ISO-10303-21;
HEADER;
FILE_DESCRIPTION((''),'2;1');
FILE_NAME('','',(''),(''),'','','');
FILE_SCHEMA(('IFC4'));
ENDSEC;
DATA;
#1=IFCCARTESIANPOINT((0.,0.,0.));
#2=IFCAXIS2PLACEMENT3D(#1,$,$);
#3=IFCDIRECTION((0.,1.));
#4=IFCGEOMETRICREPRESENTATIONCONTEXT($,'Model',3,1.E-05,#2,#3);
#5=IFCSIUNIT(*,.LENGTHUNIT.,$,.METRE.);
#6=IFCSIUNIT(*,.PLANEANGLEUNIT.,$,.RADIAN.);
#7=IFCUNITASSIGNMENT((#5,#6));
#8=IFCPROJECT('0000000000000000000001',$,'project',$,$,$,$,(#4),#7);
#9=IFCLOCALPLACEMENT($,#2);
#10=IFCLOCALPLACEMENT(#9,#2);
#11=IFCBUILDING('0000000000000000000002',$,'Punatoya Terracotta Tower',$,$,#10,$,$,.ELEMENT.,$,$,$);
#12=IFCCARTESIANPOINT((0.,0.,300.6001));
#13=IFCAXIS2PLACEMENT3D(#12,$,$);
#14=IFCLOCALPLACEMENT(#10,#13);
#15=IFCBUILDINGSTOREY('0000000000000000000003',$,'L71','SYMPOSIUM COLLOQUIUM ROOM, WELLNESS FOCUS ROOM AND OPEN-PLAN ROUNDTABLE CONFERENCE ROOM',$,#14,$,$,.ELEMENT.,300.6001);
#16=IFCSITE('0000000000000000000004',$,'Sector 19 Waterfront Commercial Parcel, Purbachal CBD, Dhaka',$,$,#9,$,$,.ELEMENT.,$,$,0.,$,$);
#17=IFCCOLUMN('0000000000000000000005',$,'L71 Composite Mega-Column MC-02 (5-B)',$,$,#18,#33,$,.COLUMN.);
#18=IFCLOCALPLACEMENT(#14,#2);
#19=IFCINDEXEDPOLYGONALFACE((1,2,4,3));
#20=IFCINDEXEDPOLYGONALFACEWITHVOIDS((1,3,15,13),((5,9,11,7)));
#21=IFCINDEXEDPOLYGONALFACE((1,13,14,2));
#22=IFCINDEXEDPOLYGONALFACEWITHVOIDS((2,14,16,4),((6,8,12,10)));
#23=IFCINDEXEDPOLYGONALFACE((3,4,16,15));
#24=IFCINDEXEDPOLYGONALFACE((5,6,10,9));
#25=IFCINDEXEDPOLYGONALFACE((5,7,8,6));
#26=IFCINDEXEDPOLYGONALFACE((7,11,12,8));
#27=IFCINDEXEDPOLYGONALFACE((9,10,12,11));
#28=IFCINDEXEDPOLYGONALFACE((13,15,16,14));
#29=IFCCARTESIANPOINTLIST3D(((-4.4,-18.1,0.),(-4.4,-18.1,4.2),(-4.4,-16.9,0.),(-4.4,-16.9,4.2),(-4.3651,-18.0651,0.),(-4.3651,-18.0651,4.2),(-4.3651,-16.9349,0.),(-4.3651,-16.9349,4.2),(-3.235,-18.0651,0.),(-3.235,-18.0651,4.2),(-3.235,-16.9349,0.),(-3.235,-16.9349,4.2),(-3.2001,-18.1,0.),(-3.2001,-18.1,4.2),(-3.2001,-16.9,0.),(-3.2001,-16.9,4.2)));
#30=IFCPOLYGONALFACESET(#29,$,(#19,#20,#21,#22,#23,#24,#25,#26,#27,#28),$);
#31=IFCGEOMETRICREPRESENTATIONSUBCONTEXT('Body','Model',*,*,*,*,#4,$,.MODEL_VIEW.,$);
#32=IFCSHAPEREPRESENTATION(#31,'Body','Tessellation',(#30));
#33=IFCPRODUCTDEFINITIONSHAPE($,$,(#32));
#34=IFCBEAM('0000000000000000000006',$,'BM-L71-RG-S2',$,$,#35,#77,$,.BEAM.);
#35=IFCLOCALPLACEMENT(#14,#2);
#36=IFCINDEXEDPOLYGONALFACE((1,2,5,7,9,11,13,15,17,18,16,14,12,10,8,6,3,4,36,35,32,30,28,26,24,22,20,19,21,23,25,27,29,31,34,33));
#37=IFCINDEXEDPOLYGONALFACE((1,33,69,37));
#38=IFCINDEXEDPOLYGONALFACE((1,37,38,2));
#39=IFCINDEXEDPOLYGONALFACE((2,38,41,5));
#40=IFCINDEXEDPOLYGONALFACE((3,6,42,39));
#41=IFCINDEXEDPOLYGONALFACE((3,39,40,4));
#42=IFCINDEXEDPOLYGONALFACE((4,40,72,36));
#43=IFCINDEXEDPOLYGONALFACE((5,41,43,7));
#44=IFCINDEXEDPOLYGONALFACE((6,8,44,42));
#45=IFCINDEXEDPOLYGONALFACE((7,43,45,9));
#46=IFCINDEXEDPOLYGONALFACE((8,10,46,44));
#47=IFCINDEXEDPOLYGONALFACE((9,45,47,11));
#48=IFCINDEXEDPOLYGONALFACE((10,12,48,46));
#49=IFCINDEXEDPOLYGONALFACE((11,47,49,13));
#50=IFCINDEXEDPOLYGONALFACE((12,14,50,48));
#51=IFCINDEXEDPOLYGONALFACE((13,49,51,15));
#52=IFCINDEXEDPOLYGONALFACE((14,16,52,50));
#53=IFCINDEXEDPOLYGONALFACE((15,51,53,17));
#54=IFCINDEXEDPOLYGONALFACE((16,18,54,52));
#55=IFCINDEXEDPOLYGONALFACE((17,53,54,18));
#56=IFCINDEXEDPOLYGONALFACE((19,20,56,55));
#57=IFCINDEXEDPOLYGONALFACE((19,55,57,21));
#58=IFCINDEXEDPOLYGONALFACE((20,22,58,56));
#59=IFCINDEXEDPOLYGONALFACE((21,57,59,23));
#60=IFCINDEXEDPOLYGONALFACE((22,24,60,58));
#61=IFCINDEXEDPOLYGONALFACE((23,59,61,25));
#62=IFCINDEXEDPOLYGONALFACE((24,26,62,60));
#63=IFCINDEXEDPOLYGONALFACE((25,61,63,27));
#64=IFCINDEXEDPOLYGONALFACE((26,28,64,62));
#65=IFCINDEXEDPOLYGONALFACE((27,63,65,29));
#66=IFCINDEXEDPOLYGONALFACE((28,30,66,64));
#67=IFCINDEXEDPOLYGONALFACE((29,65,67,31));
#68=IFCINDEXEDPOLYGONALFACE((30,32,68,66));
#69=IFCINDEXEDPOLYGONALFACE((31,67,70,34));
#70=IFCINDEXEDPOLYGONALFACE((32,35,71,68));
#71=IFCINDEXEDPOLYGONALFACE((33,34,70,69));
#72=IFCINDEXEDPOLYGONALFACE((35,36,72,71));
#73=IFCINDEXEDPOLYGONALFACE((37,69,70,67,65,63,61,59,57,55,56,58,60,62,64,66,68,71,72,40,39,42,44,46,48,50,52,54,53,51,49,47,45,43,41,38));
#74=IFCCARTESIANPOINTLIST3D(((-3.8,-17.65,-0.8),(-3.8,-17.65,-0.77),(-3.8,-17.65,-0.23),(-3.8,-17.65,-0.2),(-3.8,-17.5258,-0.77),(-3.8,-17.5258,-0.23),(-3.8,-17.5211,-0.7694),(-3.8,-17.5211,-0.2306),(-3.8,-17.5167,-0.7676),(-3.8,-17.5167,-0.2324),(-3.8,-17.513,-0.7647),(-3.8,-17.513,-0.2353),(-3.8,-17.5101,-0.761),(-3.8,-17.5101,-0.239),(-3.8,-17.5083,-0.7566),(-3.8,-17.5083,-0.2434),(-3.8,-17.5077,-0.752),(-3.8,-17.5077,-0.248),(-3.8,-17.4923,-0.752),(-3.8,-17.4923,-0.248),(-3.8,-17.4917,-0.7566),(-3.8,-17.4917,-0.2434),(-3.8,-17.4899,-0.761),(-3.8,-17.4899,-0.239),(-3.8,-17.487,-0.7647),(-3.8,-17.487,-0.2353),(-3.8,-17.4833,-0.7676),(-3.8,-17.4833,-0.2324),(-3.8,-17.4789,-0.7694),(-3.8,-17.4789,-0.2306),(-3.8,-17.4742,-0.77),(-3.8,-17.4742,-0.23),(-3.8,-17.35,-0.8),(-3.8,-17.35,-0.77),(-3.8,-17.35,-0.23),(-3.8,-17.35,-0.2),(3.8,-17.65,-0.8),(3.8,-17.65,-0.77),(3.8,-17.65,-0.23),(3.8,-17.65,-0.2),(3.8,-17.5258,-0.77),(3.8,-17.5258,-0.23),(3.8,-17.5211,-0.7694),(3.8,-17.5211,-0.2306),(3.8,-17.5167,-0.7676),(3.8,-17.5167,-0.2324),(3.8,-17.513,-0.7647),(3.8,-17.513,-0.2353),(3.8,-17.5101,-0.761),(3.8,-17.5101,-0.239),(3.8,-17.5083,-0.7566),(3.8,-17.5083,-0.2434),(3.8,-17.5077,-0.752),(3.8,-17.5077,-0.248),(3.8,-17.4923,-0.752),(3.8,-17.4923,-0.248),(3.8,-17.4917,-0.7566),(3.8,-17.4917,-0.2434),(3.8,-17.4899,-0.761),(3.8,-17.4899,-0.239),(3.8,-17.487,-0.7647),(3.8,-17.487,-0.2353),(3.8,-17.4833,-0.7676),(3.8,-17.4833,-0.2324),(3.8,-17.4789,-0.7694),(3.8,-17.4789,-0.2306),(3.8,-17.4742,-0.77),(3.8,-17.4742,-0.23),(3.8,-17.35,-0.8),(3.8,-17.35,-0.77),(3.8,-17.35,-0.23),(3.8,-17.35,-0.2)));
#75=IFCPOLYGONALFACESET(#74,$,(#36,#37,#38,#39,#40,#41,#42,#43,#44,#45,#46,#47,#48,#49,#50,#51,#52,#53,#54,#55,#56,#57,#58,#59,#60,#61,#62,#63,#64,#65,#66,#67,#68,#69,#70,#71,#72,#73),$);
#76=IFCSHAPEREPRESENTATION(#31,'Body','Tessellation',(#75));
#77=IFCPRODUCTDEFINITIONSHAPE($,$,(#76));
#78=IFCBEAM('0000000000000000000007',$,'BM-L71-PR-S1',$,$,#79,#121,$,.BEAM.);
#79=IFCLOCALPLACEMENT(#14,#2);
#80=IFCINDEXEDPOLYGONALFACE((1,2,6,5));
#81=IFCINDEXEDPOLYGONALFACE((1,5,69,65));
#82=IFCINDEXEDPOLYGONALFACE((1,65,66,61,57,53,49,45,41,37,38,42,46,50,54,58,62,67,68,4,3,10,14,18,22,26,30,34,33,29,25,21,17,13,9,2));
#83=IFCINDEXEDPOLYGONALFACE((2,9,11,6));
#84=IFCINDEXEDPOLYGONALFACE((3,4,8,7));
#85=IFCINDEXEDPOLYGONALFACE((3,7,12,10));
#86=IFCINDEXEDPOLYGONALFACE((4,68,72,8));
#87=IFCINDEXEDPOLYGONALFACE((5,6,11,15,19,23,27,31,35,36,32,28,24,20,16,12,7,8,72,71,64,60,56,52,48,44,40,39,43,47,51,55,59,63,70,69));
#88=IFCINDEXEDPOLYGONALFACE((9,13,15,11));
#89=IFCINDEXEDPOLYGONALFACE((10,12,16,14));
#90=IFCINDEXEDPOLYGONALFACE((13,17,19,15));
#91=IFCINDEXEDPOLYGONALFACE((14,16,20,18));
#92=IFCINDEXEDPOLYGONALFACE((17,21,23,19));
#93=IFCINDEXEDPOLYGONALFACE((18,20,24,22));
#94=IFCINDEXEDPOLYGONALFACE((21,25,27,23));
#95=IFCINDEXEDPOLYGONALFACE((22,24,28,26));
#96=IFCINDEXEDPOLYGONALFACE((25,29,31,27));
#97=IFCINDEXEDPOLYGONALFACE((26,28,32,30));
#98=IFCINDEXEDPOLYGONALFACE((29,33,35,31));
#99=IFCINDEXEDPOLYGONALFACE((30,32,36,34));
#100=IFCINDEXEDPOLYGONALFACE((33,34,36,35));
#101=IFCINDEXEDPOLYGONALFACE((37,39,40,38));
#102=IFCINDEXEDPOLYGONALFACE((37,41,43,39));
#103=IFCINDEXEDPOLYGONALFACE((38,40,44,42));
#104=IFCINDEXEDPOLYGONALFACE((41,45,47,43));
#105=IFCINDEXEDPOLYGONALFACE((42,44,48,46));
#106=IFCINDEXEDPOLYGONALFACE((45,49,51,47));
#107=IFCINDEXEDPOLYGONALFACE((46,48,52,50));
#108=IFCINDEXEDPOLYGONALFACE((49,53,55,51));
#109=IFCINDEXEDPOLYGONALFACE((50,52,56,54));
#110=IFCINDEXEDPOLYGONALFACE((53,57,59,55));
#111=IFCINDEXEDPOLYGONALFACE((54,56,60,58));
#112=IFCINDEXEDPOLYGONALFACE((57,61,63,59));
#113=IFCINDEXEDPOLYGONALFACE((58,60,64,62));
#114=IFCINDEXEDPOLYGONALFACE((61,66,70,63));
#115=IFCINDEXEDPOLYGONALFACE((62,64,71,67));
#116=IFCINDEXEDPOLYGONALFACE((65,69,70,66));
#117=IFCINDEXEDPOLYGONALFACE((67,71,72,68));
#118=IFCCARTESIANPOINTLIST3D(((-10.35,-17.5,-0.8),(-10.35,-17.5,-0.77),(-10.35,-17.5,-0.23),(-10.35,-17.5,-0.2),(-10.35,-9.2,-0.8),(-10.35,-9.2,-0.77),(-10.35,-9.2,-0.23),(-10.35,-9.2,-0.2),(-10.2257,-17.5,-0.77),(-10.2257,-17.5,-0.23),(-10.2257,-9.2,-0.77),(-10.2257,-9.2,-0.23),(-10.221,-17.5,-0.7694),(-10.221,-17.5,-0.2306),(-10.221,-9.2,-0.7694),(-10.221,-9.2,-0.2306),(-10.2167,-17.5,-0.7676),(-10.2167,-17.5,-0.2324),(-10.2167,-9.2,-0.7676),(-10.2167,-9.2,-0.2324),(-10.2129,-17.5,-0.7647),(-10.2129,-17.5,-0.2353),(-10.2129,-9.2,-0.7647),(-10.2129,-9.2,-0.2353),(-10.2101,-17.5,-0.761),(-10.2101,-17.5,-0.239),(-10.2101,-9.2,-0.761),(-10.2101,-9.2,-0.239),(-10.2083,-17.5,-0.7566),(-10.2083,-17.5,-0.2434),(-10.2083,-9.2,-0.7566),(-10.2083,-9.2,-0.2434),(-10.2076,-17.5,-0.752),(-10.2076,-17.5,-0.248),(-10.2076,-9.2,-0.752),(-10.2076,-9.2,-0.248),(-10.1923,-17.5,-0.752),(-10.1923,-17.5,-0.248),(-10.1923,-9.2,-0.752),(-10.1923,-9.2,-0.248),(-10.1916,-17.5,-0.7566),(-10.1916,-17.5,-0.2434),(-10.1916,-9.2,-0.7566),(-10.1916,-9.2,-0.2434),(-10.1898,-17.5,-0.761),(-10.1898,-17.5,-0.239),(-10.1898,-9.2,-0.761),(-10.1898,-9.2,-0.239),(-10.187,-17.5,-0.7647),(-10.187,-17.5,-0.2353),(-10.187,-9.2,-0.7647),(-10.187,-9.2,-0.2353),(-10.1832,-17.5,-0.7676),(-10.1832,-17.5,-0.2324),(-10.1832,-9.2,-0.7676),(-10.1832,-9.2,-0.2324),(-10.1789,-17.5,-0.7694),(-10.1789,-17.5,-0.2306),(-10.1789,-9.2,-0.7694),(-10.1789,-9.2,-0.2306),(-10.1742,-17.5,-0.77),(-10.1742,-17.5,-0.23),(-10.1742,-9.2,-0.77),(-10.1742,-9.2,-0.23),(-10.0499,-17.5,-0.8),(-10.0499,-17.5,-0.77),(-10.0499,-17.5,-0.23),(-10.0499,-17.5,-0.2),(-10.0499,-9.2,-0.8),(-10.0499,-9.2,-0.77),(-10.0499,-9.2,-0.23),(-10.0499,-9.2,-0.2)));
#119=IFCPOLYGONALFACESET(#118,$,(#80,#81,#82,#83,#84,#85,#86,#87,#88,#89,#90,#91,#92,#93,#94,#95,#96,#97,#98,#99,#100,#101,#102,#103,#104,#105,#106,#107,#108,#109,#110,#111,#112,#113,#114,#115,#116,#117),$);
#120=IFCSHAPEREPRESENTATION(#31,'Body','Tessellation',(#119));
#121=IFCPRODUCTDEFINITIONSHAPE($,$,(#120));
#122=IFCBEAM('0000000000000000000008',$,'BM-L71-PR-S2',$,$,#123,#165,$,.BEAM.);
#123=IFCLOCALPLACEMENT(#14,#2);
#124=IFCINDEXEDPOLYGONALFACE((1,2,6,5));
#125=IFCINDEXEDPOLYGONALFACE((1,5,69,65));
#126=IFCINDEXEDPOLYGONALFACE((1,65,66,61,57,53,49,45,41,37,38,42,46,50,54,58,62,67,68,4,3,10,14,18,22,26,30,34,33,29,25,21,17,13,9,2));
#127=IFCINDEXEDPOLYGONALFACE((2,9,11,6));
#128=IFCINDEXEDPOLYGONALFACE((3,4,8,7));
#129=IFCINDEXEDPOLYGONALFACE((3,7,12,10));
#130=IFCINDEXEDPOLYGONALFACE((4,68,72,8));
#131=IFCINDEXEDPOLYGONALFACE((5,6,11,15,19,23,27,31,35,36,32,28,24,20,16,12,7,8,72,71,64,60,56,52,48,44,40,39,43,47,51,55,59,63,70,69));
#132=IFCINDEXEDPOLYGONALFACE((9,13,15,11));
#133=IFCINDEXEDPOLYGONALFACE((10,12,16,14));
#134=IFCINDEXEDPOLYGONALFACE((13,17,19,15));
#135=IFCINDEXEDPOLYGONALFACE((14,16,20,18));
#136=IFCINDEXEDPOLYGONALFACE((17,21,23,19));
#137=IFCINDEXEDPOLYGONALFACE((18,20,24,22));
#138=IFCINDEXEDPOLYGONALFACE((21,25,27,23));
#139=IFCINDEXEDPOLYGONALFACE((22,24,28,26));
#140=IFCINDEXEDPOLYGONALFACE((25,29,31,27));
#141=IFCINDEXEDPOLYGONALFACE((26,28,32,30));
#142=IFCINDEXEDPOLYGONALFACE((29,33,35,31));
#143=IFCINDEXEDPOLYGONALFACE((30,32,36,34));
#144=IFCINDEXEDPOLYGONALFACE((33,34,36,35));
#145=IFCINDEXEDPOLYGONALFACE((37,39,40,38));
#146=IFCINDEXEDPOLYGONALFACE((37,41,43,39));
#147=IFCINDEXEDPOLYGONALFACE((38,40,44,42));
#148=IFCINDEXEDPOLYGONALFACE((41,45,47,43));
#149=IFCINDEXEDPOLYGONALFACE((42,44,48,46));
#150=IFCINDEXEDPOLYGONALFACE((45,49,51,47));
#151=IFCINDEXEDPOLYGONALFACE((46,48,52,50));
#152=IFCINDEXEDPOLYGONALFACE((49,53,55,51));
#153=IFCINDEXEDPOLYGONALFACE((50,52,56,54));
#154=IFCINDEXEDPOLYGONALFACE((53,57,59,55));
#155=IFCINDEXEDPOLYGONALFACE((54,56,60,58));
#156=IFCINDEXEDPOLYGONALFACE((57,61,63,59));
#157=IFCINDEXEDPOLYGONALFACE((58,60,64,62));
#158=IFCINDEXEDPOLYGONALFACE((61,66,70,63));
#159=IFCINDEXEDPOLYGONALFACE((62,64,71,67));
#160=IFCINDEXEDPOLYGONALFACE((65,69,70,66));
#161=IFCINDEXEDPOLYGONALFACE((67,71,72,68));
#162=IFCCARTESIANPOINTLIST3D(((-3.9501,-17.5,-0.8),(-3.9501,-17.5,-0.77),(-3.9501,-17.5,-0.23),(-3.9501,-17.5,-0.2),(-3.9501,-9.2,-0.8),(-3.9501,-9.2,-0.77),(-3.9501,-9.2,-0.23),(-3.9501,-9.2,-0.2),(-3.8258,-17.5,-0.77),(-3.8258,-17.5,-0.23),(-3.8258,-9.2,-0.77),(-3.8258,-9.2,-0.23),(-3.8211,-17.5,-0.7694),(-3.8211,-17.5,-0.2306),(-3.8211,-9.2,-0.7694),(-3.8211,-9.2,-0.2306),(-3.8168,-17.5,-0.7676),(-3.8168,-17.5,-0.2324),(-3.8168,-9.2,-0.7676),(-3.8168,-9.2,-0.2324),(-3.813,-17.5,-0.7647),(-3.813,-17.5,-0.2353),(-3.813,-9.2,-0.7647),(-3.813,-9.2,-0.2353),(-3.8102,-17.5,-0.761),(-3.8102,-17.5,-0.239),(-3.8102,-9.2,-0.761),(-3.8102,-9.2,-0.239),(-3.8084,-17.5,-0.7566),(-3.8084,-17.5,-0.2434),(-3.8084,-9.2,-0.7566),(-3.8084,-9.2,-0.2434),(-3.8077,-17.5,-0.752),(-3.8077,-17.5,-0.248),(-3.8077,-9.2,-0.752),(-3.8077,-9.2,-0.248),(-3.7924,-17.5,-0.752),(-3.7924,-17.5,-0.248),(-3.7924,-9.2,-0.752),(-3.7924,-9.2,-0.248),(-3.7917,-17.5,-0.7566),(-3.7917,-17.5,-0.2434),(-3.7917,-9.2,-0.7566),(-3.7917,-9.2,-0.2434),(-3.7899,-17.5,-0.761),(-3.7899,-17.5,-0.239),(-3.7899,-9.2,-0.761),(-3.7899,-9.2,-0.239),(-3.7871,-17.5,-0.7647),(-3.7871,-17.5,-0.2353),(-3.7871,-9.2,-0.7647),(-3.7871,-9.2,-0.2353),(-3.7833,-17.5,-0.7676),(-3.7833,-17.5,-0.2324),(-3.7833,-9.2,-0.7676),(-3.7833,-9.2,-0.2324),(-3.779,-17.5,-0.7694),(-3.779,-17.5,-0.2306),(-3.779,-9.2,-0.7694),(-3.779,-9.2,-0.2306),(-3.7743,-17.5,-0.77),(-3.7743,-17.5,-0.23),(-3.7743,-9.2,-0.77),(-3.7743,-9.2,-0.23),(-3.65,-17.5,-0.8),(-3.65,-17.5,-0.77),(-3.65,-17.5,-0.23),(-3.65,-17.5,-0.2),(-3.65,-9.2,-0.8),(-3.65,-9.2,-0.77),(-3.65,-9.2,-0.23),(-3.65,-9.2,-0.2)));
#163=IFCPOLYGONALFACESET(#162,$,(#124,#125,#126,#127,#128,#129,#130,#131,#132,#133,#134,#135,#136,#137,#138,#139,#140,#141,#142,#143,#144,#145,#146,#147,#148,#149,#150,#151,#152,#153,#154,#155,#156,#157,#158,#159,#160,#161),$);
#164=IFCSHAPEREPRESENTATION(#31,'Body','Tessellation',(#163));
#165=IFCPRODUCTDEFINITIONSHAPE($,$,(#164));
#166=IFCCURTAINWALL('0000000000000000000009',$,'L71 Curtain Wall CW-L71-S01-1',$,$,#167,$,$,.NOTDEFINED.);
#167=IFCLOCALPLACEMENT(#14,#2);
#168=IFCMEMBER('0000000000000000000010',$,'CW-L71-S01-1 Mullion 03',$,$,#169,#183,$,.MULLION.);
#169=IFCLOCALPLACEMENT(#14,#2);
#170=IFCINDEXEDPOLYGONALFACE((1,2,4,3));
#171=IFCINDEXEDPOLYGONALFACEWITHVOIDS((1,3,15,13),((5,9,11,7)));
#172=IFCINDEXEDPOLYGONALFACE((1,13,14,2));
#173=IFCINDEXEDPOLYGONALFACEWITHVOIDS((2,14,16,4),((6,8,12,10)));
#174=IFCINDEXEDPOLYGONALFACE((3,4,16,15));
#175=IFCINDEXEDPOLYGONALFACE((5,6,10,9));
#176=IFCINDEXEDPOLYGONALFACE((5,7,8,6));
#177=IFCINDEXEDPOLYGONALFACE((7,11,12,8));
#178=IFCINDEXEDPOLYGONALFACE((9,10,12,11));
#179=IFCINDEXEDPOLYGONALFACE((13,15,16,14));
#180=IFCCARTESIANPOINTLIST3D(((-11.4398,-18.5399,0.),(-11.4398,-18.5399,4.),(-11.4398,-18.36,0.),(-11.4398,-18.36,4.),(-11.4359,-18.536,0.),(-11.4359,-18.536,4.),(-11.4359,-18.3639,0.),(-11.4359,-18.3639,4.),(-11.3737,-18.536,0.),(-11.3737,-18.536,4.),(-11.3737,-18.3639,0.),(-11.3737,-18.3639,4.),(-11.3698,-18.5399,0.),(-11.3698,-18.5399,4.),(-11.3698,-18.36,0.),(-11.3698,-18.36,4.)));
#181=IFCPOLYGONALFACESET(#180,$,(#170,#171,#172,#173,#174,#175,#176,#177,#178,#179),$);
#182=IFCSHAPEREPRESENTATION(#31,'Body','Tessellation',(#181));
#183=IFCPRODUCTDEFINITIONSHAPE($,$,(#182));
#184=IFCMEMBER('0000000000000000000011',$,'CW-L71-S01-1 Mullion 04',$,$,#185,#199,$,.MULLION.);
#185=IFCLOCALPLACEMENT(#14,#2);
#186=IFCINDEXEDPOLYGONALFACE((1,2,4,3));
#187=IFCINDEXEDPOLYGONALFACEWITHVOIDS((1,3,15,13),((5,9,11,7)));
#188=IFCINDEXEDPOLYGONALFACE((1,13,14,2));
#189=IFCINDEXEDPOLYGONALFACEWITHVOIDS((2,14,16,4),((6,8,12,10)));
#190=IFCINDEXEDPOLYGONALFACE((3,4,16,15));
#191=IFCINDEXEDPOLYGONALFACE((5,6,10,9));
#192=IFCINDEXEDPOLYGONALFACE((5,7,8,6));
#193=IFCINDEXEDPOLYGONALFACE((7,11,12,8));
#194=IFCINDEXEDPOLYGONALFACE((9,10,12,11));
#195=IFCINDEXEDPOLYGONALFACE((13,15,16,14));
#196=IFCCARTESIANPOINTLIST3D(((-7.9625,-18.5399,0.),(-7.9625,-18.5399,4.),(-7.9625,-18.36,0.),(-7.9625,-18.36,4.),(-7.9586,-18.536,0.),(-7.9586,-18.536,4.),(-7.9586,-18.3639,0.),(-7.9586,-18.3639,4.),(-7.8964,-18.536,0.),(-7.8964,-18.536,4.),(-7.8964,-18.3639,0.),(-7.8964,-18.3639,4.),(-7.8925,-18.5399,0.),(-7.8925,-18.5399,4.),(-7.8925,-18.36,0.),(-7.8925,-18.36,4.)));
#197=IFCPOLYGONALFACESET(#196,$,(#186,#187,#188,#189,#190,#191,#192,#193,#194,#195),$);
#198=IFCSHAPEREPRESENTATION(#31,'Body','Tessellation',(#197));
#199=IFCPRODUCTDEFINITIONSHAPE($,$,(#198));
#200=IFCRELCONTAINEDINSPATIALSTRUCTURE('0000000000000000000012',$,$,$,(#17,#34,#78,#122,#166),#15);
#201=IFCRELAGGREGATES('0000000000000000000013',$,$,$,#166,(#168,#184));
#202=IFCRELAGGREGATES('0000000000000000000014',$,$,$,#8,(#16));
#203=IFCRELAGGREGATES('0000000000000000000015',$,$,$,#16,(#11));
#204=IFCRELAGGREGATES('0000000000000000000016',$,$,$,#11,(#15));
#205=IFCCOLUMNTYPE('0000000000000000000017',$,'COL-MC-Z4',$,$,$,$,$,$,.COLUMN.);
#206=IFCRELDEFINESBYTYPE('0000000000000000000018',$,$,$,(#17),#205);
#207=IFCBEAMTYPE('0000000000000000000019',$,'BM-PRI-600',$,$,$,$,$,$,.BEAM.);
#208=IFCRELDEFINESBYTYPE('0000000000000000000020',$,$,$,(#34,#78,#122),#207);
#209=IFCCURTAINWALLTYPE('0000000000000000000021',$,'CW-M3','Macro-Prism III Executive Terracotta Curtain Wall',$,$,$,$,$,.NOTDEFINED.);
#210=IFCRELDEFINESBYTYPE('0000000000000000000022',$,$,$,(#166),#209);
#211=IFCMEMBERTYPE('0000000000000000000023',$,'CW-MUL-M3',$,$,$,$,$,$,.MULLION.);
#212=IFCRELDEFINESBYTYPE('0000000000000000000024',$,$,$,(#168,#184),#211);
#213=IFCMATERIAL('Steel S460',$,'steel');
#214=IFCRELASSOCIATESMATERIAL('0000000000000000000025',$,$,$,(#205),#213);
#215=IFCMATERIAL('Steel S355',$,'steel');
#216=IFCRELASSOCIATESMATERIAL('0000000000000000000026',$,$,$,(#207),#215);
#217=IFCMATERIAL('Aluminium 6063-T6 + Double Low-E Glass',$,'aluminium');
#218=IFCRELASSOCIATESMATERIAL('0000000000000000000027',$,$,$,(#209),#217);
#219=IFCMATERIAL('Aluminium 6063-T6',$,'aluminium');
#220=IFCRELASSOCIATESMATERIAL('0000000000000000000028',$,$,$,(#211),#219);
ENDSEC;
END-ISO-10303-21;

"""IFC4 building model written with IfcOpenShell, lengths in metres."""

from ifc_helpers import new_model, si_unit, direction, frame, origin, origin_2d, place, context, subcontext, project, spatial, hollow_rectangle, i_section, extrude, material, material_profile, profile_set, type_object, element, aggregate, save


model = new_model("IFC4")

# Units and contexts
model_context = context("Model", 3, precision=1e-05, world=origin(), true_north=direction((0.0, 1.0)))
body_context = subcontext(model_context, "Body", "Model", "MODEL_VIEW")
ifc_project = project(units=[si_unit("LENGTHUNIT", "METRE"), si_unit("PLANEANGLEUNIT", "RADIAN")], contexts=[model_context])

# Site, building, storey
site_placement = place(None, origin())
site = spatial("IfcSite", under=ifc_project, at=site_placement, Name="Sector 19 Waterfront Commercial Parcel, Purbachal CBD, Dhaka", CompositionType="ELEMENT", RefElevation=0.0)
building_placement = place(site_placement, origin())
building = spatial("IfcBuilding", under=site, at=building_placement, Name="Punatoya Terracotta Tower", CompositionType="ELEMENT")
storey_placement = place(building_placement, frame((0.0, 0.0, 300.6001)))
storey = spatial("IfcBuildingStorey", under=building, at=storey_placement, Name="L71", Description="SYMPOSIUM COLLOQUIUM ROOM, WELLNESS FOCUS ROOM AND OPEN-PLAN ROUNDTABLE CONFERENCE ROOM", CompositionType="ELEMENT", Elevation=300.6001)

# Column
ifc_material_1 = material(Name="Steel S460", Category="steel")
ifc_material_profile_1 = material_profile(ifc_material_1, hollow_rectangle(XDim=1.2, YDim=1.2, WallThickness=0.0349, at=origin_2d()))
ifc_profile_set_1 = profile_set([ifc_material_profile_1], Name="Steel S460")
column_type = type_object("IfcColumnType", Name="COL-MC-Z4", PredefinedType="COLUMN", material=ifc_profile_set_1)
column_placement = place(storey_placement, frame((-3.8, -17.5, 0.0), z_axis=(0.0, 0.0, 1.0), x_axis=(1.0, 0.0, 0.0)))
element("IfcColumn", 1, at=column_placement, inside=storey, type_object=column_type, Name="L71 Composite Mega-Column MC-02 (5-B)", PredefinedType="COLUMN", context=body_context, shape_type="SweptSolid", body=[
    extrude(hollow_rectangle(XDim=1.2, YDim=1.2, WallThickness=0.0349, at=origin_2d()), origin(), (0.0, 0.0, 1.0), 4.2),
])

# Beams
ifc_material_2 = material(Name="Steel S355", Category="steel")
ifc_material_profile_2 = material_profile(ifc_material_2, i_section(OverallWidth=0.3, OverallDepth=0.6001, WebThickness=0.0154, FlangeThickness=0.03, FilletRadius=0.0181, at=origin_2d()))
ifc_profile_set_2 = profile_set([ifc_material_profile_2], Name="Steel S355")
beam_type = type_object("IfcBeamType", Name="BM-PRI-600", PredefinedType="BEAM", material=ifc_profile_set_2)
beam_placement = place(storey_placement, frame((-3.8, -17.5, -0.5), z_axis=(1.0, 0.0, 0.0), x_axis=(0.0, 1.0, 0.0)))
element("IfcBeam", 2, at=beam_placement, inside=storey, type_object=beam_type, Name="BM-L71-RG-S2", PredefinedType="BEAM", context=body_context, shape_type="SweptSolid", body=[
    extrude(i_section(OverallWidth=0.3, OverallDepth=0.6001, WebThickness=0.0154, FlangeThickness=0.03, FilletRadius=0.0181, at=origin_2d()), origin(), (0.0, 0.0, 1.0), 7.6001),
])
for number, where, z_axis, x_axis, name in (
    (3, (-10.2, -17.5, -0.5), (0.0, 1.0, 0.0), (-1.0, 0.0, 0.0), "BM-L71-PR-S1"),
    (4, (-3.8, -17.5, -0.5), (0.0, 1.0, 0.0), (-1.0, 0.0, 0.0), "BM-L71-PR-S2"),
):
    element("IfcBeam", number, at=place(storey_placement, frame(where, z_axis=z_axis, x_axis=x_axis)), inside=storey, type_object=beam_type, Name=name, PredefinedType="BEAM", context=body_context, shape_type="SweptSolid", body=[
        extrude(i_section(OverallWidth=0.3, OverallDepth=0.6001, WebThickness=0.0154, FlangeThickness=0.03, FilletRadius=0.0181, at=origin_2d()), origin(), (0.0, 0.0, 1.0), 8.3),
    ])

# Curtain wall, members
ifc_material_3 = material(Name="Aluminium 6063-T6 + Double Low-E Glass", Category="aluminium")
curtain_wall_type = type_object("IfcCurtainWallType", Name="CW-M3", Description="Macro-Prism III Executive Terracotta Curtain Wall", PredefinedType="NOTDEFINED", material=ifc_material_3)
curtain_wall_placement = place(storey_placement, origin())
curtain_wall = element("IfcCurtainWall", 5, at=curtain_wall_placement, inside=storey, type_object=curtain_wall_type, Name="L71 Curtain Wall CW-L71-S01-1", PredefinedType="NOTDEFINED")
ifc_material_4 = material(Name="Aluminium 6063-T6", Category="aluminium")
ifc_material_profile_3 = material_profile(ifc_material_4, hollow_rectangle(XDim=0.0701, YDim=0.1799, WallThickness=0.0039, at=origin_2d()))
ifc_profile_set_3 = profile_set([ifc_material_profile_3], Name="Aluminium 6063-T6")
member_type_1 = type_object("IfcMemberType", Name="CW-MUL-M3", PredefinedType="MULLION", material=ifc_profile_set_3)
member_1_placement = place(storey_placement, frame((-11.4048, -18.45, 0.0), z_axis=(0.0, 0.0, 1.0), x_axis=(1.0, 0.0, 0.0)))
member_1 = element("IfcMember", 6, at=member_1_placement, type_object=member_type_1, Name="CW-L71-S01-1 Mullion 03", PredefinedType="MULLION", context=body_context, shape_type="SweptSolid", body=[
    extrude(hollow_rectangle(XDim=0.0701, YDim=0.1799, WallThickness=0.0039, at=origin_2d()), origin(), (0.0, 0.0, 1.0), 4.0),
])
member_2_placement = place(storey_placement, frame((-7.9275, -18.45, 0.0), z_axis=(0.0, 0.0, 1.0), x_axis=(1.0, 0.0, 0.0)))
member_2 = element("IfcMember", 7, at=member_2_placement, type_object=member_type_1, Name="CW-L71-S01-1 Mullion 04", PredefinedType="MULLION", context=body_context, shape_type="SweptSolid", body=[
    extrude(hollow_rectangle(XDim=0.0701, YDim=0.1799, WallThickness=0.0039, at=origin_2d()), origin(), (0.0, 0.0, 1.0), 4.0),
])

aggregate(curtain_wall, [member_1, member_2])

save(model, "model.ifc")
